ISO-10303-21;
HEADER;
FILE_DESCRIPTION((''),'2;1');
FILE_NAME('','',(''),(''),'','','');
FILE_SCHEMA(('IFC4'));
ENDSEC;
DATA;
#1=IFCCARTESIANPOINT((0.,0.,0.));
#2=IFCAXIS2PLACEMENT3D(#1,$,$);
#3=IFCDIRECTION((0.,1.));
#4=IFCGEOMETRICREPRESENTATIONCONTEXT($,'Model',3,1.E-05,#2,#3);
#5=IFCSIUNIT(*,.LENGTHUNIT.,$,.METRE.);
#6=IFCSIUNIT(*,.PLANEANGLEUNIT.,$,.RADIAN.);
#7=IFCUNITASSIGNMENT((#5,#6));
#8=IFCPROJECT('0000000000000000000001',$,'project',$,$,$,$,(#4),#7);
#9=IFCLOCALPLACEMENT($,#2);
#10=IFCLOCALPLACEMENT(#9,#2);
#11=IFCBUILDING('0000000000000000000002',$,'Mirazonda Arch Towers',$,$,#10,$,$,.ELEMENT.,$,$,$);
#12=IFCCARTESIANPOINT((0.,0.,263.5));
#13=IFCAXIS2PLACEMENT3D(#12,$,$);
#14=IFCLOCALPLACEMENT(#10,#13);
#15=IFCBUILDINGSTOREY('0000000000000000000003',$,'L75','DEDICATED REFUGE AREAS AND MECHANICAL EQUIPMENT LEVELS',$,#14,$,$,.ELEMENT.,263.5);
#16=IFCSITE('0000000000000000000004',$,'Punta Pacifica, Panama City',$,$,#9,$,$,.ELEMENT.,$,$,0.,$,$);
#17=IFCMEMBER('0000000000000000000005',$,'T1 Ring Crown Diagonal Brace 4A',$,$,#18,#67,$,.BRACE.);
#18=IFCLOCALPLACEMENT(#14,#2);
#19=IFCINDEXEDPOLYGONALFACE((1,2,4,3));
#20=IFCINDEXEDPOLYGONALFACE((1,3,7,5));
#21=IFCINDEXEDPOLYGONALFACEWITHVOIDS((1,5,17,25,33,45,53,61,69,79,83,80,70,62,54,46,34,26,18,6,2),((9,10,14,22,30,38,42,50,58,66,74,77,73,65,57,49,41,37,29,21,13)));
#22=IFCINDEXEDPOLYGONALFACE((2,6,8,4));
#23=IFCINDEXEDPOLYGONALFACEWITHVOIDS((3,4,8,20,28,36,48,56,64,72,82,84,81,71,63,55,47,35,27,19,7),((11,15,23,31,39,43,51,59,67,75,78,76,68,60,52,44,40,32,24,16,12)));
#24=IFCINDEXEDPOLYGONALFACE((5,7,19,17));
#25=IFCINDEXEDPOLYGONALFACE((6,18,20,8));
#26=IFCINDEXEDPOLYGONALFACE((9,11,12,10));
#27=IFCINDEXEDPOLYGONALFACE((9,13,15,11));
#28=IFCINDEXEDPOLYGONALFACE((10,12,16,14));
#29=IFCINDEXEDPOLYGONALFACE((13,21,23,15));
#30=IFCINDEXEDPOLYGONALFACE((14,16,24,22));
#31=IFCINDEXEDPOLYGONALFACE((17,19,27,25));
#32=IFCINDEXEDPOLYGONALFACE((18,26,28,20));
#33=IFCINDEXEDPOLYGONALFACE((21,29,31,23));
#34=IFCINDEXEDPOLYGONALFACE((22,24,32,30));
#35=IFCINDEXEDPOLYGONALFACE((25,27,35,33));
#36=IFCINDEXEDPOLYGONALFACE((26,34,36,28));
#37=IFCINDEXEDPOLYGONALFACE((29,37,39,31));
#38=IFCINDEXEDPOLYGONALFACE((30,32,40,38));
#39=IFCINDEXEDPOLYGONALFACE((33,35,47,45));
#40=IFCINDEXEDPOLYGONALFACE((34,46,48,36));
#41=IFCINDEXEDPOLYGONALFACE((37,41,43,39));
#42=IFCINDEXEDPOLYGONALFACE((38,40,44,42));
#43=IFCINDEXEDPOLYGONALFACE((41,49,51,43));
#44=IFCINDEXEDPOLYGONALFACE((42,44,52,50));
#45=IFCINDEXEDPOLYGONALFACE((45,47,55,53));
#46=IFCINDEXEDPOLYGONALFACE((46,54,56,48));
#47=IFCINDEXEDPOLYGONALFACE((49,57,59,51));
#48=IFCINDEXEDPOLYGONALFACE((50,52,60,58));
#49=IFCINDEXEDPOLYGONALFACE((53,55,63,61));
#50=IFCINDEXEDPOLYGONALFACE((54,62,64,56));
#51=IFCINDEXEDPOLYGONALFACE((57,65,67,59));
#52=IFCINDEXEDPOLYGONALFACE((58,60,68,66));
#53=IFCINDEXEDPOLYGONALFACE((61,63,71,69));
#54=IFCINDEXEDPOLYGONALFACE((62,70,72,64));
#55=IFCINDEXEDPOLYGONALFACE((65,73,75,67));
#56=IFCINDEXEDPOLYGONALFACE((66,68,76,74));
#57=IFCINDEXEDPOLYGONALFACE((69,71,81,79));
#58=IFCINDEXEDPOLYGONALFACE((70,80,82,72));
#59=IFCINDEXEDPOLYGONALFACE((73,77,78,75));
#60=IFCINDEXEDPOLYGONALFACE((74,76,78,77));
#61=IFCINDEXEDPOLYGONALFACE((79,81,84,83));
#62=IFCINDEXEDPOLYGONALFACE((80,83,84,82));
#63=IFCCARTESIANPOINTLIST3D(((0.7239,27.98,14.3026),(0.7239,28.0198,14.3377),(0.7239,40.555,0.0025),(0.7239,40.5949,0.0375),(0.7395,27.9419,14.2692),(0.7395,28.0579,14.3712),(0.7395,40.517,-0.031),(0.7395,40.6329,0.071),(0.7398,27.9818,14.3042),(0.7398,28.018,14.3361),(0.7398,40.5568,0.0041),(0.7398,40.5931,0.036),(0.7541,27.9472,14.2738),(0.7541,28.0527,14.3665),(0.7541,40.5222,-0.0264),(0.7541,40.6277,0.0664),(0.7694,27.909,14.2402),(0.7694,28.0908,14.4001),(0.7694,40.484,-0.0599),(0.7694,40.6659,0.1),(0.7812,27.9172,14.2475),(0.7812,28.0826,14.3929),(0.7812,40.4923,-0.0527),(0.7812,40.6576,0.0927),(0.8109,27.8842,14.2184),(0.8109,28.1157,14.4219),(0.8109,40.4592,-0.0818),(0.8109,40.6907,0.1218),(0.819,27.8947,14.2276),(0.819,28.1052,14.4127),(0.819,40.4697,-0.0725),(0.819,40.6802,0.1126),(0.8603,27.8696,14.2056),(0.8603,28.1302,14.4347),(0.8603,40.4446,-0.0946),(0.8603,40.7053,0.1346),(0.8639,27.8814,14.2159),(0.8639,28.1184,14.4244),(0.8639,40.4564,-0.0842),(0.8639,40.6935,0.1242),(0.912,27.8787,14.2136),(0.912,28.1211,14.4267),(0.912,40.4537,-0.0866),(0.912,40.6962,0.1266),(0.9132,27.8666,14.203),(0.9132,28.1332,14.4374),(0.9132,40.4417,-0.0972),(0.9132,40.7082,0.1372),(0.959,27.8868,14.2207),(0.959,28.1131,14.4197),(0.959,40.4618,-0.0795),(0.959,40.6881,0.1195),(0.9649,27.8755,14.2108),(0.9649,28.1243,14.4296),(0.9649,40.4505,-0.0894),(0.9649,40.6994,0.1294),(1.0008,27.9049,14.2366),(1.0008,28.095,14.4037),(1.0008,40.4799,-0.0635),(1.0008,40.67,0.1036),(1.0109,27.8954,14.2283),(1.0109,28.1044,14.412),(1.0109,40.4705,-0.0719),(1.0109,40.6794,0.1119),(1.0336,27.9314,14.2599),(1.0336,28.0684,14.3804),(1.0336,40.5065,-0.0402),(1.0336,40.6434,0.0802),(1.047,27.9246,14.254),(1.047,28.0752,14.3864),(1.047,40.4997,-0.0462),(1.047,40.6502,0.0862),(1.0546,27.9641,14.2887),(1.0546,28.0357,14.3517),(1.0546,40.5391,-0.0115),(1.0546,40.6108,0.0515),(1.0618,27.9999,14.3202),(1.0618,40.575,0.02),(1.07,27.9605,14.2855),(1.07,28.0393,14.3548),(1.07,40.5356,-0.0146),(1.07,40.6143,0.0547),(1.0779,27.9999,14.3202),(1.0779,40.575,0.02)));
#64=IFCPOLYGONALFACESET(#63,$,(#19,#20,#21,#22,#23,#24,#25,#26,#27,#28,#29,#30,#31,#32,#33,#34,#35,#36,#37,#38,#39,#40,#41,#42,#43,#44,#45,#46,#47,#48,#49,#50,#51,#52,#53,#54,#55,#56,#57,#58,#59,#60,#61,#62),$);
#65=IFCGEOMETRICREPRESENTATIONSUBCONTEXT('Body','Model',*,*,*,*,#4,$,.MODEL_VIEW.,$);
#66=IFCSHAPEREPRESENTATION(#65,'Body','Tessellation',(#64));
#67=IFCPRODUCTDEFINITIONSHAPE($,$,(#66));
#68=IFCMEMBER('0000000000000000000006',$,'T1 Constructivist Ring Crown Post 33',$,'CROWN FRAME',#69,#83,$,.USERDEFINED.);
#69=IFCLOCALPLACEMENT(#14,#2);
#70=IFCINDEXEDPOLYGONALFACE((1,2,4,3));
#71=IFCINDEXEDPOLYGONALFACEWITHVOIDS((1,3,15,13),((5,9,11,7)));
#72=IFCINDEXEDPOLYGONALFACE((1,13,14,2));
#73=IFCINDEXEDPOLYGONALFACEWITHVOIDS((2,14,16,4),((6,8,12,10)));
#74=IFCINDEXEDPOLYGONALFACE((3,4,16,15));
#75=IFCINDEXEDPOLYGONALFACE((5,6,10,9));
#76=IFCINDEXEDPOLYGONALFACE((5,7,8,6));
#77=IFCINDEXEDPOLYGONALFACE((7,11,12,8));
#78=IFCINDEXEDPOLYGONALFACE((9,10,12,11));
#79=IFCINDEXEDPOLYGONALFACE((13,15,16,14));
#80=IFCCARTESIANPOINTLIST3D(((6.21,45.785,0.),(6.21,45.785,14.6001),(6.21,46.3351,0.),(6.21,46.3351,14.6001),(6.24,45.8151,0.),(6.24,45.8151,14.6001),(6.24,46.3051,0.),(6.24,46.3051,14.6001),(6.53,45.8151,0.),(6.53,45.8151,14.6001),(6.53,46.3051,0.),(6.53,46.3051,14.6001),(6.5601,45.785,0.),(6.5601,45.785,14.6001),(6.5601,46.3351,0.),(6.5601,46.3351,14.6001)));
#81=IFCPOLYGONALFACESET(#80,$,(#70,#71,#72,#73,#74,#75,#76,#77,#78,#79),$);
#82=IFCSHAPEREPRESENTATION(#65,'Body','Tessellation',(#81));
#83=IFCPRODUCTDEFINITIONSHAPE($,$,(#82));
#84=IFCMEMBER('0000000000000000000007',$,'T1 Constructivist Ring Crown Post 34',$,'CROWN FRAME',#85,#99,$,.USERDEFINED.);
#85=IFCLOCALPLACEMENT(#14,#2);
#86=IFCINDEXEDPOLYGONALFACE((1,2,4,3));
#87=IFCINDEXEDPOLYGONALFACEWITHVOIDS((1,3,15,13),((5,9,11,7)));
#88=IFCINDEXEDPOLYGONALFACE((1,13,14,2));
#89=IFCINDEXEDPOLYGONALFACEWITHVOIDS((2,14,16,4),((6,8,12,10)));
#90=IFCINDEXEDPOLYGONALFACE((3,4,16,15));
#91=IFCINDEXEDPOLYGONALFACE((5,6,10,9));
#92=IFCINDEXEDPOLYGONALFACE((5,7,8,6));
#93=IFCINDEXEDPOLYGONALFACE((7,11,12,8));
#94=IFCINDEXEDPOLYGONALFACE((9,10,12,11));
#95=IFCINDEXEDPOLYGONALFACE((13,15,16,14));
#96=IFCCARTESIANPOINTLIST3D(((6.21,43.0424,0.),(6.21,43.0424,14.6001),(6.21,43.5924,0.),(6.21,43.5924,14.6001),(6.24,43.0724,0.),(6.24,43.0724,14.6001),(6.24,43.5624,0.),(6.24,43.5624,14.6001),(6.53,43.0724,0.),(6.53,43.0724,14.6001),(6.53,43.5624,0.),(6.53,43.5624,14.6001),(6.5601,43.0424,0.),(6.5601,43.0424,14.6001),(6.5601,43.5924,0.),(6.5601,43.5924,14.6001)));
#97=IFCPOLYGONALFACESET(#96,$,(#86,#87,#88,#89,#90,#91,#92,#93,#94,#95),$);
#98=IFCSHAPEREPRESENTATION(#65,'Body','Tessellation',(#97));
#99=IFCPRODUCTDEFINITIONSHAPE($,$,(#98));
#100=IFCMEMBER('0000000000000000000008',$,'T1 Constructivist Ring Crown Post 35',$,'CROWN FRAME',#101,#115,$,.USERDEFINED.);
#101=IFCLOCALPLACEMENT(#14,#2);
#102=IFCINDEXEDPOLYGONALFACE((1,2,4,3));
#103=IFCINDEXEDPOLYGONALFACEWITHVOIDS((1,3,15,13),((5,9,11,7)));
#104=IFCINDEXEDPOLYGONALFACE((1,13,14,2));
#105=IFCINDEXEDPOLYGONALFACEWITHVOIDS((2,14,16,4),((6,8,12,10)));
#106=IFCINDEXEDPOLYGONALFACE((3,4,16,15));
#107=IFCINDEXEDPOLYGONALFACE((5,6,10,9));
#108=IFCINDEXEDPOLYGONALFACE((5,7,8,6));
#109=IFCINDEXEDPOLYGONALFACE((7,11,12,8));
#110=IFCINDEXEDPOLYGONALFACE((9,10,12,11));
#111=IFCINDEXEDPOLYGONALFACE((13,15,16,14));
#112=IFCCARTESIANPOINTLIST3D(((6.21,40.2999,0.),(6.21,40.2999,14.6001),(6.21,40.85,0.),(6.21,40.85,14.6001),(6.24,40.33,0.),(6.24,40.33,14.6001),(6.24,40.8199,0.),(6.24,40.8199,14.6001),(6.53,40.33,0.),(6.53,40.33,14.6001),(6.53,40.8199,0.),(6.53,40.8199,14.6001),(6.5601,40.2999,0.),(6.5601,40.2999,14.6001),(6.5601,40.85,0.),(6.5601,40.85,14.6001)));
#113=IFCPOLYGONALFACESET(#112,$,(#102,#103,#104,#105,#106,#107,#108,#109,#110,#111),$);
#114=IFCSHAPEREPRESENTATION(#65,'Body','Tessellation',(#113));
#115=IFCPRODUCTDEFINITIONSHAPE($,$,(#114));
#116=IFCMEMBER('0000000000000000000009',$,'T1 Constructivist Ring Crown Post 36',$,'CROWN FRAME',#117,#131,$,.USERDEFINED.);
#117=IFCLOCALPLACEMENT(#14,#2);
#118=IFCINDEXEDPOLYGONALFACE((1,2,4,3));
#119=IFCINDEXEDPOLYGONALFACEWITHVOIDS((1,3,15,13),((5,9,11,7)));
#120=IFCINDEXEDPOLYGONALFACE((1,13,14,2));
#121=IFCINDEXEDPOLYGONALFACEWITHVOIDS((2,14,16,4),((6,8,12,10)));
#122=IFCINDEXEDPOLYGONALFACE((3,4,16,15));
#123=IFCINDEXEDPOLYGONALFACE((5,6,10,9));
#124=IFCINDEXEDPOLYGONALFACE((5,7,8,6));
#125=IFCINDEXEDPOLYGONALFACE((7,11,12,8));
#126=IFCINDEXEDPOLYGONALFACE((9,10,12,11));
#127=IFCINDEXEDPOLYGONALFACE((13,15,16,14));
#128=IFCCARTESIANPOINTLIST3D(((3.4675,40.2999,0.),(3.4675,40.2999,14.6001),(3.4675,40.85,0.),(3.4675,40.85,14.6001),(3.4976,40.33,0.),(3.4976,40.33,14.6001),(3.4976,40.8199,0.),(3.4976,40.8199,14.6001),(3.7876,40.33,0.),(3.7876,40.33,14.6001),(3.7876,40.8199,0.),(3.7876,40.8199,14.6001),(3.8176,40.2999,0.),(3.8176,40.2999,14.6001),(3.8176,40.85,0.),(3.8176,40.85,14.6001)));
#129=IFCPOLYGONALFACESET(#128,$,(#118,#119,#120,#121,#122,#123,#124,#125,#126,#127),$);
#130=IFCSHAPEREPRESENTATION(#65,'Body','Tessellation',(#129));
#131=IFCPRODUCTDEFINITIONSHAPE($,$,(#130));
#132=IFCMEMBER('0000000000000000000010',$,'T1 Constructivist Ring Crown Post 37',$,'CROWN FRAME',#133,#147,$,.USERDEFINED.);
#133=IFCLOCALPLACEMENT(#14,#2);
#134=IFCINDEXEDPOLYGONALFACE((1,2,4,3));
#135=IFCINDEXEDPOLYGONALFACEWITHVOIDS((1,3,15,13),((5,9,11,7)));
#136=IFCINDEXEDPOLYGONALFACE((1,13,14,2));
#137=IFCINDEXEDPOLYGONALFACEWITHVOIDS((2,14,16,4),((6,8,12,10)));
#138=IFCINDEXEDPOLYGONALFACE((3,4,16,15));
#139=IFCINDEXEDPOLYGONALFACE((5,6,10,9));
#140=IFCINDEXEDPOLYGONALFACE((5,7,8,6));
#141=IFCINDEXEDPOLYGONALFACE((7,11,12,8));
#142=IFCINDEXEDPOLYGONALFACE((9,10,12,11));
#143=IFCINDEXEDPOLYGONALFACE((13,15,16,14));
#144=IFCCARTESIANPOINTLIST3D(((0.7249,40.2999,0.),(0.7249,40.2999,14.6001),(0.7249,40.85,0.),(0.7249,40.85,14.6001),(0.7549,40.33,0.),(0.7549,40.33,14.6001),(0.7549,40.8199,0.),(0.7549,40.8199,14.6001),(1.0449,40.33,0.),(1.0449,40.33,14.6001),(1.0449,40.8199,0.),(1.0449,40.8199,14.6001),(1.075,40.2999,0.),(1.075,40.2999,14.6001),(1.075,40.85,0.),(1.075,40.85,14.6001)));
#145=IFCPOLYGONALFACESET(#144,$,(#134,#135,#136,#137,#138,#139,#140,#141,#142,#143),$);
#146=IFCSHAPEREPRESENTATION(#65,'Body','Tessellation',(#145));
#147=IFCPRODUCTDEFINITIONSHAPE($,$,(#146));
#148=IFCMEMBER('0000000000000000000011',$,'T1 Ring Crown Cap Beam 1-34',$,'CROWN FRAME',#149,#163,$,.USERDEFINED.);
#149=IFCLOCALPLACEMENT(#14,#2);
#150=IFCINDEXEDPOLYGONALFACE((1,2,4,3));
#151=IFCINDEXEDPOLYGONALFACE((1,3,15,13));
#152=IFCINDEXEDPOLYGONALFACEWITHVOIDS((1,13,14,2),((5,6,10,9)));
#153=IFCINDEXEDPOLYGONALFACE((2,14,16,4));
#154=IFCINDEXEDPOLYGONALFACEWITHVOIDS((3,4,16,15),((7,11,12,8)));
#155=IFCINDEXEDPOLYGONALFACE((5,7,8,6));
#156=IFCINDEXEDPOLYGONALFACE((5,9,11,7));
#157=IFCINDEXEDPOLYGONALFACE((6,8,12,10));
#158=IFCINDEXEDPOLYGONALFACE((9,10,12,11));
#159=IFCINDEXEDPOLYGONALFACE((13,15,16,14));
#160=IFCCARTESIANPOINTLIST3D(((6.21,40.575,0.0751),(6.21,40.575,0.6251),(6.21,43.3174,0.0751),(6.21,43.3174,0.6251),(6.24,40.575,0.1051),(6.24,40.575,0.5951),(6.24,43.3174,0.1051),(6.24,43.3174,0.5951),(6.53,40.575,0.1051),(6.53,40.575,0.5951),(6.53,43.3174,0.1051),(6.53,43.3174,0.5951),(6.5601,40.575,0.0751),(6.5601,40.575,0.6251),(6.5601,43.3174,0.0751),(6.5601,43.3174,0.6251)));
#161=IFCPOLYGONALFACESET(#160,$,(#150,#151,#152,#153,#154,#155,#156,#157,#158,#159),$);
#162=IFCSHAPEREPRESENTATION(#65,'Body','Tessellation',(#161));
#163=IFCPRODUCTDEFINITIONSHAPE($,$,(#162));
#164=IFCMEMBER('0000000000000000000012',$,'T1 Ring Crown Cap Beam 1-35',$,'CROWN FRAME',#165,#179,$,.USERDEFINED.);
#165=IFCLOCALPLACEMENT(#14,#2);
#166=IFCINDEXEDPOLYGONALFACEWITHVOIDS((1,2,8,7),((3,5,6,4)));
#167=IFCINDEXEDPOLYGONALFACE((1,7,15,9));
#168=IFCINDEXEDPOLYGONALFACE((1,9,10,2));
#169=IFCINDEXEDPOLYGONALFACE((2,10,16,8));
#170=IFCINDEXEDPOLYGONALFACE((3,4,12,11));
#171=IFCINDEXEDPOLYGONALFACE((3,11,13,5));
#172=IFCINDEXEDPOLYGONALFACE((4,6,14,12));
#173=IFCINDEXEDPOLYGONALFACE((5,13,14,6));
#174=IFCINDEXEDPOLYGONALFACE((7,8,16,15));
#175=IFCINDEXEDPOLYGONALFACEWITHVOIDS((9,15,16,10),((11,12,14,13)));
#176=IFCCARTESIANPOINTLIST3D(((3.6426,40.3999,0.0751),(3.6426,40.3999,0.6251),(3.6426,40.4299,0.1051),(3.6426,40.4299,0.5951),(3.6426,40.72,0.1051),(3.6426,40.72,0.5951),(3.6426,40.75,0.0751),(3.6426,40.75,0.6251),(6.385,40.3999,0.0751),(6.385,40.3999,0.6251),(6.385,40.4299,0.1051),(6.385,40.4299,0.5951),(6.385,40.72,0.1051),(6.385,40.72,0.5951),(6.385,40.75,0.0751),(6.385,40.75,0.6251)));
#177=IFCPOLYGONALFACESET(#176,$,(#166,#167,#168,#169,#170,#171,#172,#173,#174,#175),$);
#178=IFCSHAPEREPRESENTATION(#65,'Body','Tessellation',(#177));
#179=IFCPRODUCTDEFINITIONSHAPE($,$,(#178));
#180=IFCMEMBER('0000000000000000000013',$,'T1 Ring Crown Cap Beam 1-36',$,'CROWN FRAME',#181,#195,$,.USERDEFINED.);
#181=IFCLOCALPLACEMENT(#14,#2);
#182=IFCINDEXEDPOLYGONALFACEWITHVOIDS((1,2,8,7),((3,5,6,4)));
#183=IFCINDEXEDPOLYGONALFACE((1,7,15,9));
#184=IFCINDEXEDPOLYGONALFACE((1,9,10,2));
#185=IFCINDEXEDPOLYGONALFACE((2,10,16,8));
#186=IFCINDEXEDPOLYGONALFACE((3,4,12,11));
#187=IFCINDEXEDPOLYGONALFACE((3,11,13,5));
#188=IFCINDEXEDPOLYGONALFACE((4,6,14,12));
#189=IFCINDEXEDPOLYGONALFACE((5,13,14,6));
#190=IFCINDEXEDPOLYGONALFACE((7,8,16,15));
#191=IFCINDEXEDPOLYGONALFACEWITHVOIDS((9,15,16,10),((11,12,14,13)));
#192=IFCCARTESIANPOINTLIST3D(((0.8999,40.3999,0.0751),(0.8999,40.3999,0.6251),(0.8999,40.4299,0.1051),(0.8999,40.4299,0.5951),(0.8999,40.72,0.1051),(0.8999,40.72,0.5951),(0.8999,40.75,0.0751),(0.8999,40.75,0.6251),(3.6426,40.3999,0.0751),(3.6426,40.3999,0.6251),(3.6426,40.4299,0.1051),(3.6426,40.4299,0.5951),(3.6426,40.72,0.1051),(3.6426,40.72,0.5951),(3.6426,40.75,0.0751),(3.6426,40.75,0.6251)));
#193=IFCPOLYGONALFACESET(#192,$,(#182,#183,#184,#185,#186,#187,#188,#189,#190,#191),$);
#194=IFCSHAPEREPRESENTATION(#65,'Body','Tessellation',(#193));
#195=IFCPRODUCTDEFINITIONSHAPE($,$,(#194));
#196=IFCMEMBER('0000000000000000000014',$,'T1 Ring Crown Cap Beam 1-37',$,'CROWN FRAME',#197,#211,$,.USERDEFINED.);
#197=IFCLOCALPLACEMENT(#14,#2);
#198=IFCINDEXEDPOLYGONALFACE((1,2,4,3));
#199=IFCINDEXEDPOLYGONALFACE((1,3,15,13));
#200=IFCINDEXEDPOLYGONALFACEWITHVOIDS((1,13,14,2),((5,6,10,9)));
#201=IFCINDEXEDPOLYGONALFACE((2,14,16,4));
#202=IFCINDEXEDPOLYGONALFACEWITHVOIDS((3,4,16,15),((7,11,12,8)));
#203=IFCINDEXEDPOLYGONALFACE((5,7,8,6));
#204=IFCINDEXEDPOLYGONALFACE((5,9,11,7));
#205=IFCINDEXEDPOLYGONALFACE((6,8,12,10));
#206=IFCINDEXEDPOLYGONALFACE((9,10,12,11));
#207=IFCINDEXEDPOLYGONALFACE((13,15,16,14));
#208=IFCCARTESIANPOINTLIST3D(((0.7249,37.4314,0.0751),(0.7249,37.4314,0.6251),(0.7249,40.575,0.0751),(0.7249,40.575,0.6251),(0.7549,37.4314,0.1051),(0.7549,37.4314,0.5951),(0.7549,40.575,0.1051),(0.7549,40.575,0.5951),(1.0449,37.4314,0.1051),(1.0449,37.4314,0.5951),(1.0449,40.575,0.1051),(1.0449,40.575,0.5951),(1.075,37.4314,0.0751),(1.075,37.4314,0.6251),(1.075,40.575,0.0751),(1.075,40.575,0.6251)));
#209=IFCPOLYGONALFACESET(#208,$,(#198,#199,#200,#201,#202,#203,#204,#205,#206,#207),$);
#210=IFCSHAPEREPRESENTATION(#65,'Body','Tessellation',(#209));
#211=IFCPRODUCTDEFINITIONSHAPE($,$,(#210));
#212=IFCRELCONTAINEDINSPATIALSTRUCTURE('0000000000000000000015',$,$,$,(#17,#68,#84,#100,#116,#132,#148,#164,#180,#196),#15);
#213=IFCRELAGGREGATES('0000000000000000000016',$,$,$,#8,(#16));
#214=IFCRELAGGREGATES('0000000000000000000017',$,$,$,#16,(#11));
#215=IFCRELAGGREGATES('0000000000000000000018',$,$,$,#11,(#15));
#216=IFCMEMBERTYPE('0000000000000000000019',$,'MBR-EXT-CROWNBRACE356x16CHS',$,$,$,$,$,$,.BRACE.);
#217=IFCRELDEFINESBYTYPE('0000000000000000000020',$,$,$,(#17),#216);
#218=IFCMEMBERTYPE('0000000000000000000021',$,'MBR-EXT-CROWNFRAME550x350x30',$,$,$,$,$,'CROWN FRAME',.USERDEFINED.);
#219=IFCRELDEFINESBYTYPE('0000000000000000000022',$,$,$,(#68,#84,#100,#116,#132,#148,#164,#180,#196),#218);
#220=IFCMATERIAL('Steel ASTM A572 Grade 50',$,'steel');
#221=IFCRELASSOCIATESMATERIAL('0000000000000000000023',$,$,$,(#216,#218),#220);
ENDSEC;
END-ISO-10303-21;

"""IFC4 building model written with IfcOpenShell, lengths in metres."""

from ifc_helpers import new_model, si_unit, direction, frame, origin, origin_2d, place, context, subcontext, project, spatial, hollow_rectangle, hollow_circle, extrude, material, material_profile, profile_set, type_object, element, save


model = new_model("IFC4")

# Units and contexts
model_context = context("Model", 3, precision=1e-05, world=origin(), true_north=direction((0.0, 1.0)))
body_context = subcontext(model_context, "Body", "Model", "MODEL_VIEW")
ifc_project = project(units=[si_unit("LENGTHUNIT", "METRE"), si_unit("PLANEANGLEUNIT", "RADIAN")], contexts=[model_context])

# Site, building, storey
site_placement = place(None, origin())
site = spatial("IfcSite", under=ifc_project, at=site_placement, Name="Punta Pacifica, Panama City", CompositionType="ELEMENT", RefElevation=0.0)
building_placement = place(site_placement, origin())
building = spatial("IfcBuilding", under=site, at=building_placement, Name="Mirazonda Arch Towers", CompositionType="ELEMENT")
storey_placement = place(building_placement, frame((0.0, 0.0, 263.5)))
storey = spatial("IfcBuildingStorey", under=building, at=storey_placement, Name="L75", Description="DEDICATED REFUGE AREAS AND MECHANICAL EQUIPMENT LEVELS", CompositionType="ELEMENT", Elevation=263.5)

# Members
ifc_material_1 = material(Name="Steel ASTM A572 Grade 50", Category="steel")
ifc_material_profile_1 = material_profile(ifc_material_1, hollow_circle(Radius=0.178, WallThickness=0.0161, at=origin_2d()), Name="CROWNBRACE356x16CHS")
ifc_profile_set_1 = profile_set([ifc_material_profile_1], Name="Steel ASTM A572 Grade 50")
member_type_1 = type_object("IfcMemberType", Name="MBR-EXT-CROWNBRACE356x16CHS", PredefinedType="BRACE", material=ifc_profile_set_1)
member_1_placement = place(storey_placement, frame((0.8999, 40.575, 0.02), z_axis=(0.0, -0.660359, 0.75095), x_axis=(1.0, 0.0, 0.0)))
element("IfcMember", 1, at=member_1_placement, inside=storey, type_object=member_type_1, Name="T1 Ring Crown Diagonal Brace 4A", PredefinedType="BRACE", context=body_context, shape_type="SweptSolid", body=[
    extrude(hollow_circle(Radius=0.178, WallThickness=0.0161, at=origin_2d()), origin(), (0.0, 0.0, 1.0), 19.0427),
])
ifc_material_profile_2 = material_profile(ifc_material_1, hollow_rectangle(XDim=0.3501, YDim=0.55, WallThickness=0.03, at=origin_2d()), Name="CROWNFRAME550x350x30")
ifc_profile_set_2 = profile_set([ifc_material_profile_2], Name="Steel ASTM A572 Grade 50")
member_type_2 = type_object("IfcMemberType", Name="MBR-EXT-CROWNFRAME550x350x30", ElementType="CROWN FRAME", PredefinedType="USERDEFINED", material=ifc_profile_set_2)
for number, where, z_axis, x_axis, name in (
    (2, (6.385, 46.0601, 0.0), (0.0, 0.0, 1.0), (1.0, 0.0, 0.0), "T1 Constructivist Ring Crown Post 33"),
    (3, (6.385, 43.3174, 0.0), (0.0, 0.0, 1.0), (1.0, 0.0, 0.0), "T1 Constructivist Ring Crown Post 34"),
    (4, (6.385, 40.575, 0.0), (0.0, 0.0, 1.0), (1.0, 0.0, 0.0), "T1 Constructivist Ring Crown Post 35"),
    (5, (3.6426, 40.575, 0.0), (0.0, 0.0, 1.0), (1.0, 0.0, 0.0), "T1 Constructivist Ring Crown Post 36"),
    (6, (0.8999, 40.575, 0.0), (0.0, 0.0, 1.0), (1.0, 0.0, 0.0), "T1 Constructivist Ring Crown Post 37"),
):
    element("IfcMember", number, at=place(storey_placement, frame(where, z_axis=z_axis, x_axis=x_axis)), inside=storey, type_object=member_type_2, Name=name, ObjectType="CROWN FRAME", PredefinedType="USERDEFINED", context=body_context, shape_type="SweptSolid", body=[
        extrude(hollow_rectangle(XDim=0.3501, YDim=0.55, WallThickness=0.03, at=origin_2d()), origin(), (0.0, 0.0, 1.0), 14.6001),
    ])
for number, where, z_axis, x_axis, name in (
    (7, (6.385, 43.3174, 0.3501), (0.0, -1.0, 0.0), (1.0, 0.0, 0.0), "T1 Ring Crown Cap Beam 1-34"),
    (8, (6.385, 40.575, 0.3501), (-1.0, 0.0, 0.0), (0.0, -1.0, 0.0), "T1 Ring Crown Cap Beam 1-35"),
):
    element("IfcMember", number, at=place(storey_placement, frame(where, z_axis=z_axis, x_axis=x_axis)), inside=storey, type_object=member_type_2, Name=name, ObjectType="CROWN FRAME", PredefinedType="USERDEFINED", context=body_context, shape_type="SweptSolid", body=[
        extrude(hollow_rectangle(XDim=0.3501, YDim=0.55, WallThickness=0.03, at=origin_2d()), origin(), (0.0, 0.0, 1.0), 2.7424),
    ])
member_2_placement = place(storey_placement, frame((3.6426, 40.575, 0.3501), z_axis=(-1.0, 0.0, 0.0), x_axis=(0.0, -1.0, 0.0)))
element("IfcMember", 9, at=member_2_placement, inside=storey, type_object=member_type_2, Name="T1 Ring Crown Cap Beam 1-36", ObjectType="CROWN FRAME", PredefinedType="USERDEFINED", context=body_context, shape_type="SweptSolid", body=[
    extrude(hollow_rectangle(XDim=0.3501, YDim=0.55, WallThickness=0.03, at=origin_2d()), origin(), (0.0, 0.0, 1.0), 2.7427),
])
member_3_placement = place(storey_placement, frame((0.8999, 40.575, 0.3501), z_axis=(0.0, -1.0, 0.0), x_axis=(1.0, 0.0, 0.0)))
element("IfcMember", 10, at=member_3_placement, inside=storey, type_object=member_type_2, Name="T1 Ring Crown Cap Beam 1-37", ObjectType="CROWN FRAME", PredefinedType="USERDEFINED", context=body_context, shape_type="SweptSolid", body=[
    extrude(hollow_rectangle(XDim=0.3501, YDim=0.55, WallThickness=0.03, at=origin_2d()), origin(), (0.0, 0.0, 1.0), 3.1436),
])

save(model, "model.ifc")
